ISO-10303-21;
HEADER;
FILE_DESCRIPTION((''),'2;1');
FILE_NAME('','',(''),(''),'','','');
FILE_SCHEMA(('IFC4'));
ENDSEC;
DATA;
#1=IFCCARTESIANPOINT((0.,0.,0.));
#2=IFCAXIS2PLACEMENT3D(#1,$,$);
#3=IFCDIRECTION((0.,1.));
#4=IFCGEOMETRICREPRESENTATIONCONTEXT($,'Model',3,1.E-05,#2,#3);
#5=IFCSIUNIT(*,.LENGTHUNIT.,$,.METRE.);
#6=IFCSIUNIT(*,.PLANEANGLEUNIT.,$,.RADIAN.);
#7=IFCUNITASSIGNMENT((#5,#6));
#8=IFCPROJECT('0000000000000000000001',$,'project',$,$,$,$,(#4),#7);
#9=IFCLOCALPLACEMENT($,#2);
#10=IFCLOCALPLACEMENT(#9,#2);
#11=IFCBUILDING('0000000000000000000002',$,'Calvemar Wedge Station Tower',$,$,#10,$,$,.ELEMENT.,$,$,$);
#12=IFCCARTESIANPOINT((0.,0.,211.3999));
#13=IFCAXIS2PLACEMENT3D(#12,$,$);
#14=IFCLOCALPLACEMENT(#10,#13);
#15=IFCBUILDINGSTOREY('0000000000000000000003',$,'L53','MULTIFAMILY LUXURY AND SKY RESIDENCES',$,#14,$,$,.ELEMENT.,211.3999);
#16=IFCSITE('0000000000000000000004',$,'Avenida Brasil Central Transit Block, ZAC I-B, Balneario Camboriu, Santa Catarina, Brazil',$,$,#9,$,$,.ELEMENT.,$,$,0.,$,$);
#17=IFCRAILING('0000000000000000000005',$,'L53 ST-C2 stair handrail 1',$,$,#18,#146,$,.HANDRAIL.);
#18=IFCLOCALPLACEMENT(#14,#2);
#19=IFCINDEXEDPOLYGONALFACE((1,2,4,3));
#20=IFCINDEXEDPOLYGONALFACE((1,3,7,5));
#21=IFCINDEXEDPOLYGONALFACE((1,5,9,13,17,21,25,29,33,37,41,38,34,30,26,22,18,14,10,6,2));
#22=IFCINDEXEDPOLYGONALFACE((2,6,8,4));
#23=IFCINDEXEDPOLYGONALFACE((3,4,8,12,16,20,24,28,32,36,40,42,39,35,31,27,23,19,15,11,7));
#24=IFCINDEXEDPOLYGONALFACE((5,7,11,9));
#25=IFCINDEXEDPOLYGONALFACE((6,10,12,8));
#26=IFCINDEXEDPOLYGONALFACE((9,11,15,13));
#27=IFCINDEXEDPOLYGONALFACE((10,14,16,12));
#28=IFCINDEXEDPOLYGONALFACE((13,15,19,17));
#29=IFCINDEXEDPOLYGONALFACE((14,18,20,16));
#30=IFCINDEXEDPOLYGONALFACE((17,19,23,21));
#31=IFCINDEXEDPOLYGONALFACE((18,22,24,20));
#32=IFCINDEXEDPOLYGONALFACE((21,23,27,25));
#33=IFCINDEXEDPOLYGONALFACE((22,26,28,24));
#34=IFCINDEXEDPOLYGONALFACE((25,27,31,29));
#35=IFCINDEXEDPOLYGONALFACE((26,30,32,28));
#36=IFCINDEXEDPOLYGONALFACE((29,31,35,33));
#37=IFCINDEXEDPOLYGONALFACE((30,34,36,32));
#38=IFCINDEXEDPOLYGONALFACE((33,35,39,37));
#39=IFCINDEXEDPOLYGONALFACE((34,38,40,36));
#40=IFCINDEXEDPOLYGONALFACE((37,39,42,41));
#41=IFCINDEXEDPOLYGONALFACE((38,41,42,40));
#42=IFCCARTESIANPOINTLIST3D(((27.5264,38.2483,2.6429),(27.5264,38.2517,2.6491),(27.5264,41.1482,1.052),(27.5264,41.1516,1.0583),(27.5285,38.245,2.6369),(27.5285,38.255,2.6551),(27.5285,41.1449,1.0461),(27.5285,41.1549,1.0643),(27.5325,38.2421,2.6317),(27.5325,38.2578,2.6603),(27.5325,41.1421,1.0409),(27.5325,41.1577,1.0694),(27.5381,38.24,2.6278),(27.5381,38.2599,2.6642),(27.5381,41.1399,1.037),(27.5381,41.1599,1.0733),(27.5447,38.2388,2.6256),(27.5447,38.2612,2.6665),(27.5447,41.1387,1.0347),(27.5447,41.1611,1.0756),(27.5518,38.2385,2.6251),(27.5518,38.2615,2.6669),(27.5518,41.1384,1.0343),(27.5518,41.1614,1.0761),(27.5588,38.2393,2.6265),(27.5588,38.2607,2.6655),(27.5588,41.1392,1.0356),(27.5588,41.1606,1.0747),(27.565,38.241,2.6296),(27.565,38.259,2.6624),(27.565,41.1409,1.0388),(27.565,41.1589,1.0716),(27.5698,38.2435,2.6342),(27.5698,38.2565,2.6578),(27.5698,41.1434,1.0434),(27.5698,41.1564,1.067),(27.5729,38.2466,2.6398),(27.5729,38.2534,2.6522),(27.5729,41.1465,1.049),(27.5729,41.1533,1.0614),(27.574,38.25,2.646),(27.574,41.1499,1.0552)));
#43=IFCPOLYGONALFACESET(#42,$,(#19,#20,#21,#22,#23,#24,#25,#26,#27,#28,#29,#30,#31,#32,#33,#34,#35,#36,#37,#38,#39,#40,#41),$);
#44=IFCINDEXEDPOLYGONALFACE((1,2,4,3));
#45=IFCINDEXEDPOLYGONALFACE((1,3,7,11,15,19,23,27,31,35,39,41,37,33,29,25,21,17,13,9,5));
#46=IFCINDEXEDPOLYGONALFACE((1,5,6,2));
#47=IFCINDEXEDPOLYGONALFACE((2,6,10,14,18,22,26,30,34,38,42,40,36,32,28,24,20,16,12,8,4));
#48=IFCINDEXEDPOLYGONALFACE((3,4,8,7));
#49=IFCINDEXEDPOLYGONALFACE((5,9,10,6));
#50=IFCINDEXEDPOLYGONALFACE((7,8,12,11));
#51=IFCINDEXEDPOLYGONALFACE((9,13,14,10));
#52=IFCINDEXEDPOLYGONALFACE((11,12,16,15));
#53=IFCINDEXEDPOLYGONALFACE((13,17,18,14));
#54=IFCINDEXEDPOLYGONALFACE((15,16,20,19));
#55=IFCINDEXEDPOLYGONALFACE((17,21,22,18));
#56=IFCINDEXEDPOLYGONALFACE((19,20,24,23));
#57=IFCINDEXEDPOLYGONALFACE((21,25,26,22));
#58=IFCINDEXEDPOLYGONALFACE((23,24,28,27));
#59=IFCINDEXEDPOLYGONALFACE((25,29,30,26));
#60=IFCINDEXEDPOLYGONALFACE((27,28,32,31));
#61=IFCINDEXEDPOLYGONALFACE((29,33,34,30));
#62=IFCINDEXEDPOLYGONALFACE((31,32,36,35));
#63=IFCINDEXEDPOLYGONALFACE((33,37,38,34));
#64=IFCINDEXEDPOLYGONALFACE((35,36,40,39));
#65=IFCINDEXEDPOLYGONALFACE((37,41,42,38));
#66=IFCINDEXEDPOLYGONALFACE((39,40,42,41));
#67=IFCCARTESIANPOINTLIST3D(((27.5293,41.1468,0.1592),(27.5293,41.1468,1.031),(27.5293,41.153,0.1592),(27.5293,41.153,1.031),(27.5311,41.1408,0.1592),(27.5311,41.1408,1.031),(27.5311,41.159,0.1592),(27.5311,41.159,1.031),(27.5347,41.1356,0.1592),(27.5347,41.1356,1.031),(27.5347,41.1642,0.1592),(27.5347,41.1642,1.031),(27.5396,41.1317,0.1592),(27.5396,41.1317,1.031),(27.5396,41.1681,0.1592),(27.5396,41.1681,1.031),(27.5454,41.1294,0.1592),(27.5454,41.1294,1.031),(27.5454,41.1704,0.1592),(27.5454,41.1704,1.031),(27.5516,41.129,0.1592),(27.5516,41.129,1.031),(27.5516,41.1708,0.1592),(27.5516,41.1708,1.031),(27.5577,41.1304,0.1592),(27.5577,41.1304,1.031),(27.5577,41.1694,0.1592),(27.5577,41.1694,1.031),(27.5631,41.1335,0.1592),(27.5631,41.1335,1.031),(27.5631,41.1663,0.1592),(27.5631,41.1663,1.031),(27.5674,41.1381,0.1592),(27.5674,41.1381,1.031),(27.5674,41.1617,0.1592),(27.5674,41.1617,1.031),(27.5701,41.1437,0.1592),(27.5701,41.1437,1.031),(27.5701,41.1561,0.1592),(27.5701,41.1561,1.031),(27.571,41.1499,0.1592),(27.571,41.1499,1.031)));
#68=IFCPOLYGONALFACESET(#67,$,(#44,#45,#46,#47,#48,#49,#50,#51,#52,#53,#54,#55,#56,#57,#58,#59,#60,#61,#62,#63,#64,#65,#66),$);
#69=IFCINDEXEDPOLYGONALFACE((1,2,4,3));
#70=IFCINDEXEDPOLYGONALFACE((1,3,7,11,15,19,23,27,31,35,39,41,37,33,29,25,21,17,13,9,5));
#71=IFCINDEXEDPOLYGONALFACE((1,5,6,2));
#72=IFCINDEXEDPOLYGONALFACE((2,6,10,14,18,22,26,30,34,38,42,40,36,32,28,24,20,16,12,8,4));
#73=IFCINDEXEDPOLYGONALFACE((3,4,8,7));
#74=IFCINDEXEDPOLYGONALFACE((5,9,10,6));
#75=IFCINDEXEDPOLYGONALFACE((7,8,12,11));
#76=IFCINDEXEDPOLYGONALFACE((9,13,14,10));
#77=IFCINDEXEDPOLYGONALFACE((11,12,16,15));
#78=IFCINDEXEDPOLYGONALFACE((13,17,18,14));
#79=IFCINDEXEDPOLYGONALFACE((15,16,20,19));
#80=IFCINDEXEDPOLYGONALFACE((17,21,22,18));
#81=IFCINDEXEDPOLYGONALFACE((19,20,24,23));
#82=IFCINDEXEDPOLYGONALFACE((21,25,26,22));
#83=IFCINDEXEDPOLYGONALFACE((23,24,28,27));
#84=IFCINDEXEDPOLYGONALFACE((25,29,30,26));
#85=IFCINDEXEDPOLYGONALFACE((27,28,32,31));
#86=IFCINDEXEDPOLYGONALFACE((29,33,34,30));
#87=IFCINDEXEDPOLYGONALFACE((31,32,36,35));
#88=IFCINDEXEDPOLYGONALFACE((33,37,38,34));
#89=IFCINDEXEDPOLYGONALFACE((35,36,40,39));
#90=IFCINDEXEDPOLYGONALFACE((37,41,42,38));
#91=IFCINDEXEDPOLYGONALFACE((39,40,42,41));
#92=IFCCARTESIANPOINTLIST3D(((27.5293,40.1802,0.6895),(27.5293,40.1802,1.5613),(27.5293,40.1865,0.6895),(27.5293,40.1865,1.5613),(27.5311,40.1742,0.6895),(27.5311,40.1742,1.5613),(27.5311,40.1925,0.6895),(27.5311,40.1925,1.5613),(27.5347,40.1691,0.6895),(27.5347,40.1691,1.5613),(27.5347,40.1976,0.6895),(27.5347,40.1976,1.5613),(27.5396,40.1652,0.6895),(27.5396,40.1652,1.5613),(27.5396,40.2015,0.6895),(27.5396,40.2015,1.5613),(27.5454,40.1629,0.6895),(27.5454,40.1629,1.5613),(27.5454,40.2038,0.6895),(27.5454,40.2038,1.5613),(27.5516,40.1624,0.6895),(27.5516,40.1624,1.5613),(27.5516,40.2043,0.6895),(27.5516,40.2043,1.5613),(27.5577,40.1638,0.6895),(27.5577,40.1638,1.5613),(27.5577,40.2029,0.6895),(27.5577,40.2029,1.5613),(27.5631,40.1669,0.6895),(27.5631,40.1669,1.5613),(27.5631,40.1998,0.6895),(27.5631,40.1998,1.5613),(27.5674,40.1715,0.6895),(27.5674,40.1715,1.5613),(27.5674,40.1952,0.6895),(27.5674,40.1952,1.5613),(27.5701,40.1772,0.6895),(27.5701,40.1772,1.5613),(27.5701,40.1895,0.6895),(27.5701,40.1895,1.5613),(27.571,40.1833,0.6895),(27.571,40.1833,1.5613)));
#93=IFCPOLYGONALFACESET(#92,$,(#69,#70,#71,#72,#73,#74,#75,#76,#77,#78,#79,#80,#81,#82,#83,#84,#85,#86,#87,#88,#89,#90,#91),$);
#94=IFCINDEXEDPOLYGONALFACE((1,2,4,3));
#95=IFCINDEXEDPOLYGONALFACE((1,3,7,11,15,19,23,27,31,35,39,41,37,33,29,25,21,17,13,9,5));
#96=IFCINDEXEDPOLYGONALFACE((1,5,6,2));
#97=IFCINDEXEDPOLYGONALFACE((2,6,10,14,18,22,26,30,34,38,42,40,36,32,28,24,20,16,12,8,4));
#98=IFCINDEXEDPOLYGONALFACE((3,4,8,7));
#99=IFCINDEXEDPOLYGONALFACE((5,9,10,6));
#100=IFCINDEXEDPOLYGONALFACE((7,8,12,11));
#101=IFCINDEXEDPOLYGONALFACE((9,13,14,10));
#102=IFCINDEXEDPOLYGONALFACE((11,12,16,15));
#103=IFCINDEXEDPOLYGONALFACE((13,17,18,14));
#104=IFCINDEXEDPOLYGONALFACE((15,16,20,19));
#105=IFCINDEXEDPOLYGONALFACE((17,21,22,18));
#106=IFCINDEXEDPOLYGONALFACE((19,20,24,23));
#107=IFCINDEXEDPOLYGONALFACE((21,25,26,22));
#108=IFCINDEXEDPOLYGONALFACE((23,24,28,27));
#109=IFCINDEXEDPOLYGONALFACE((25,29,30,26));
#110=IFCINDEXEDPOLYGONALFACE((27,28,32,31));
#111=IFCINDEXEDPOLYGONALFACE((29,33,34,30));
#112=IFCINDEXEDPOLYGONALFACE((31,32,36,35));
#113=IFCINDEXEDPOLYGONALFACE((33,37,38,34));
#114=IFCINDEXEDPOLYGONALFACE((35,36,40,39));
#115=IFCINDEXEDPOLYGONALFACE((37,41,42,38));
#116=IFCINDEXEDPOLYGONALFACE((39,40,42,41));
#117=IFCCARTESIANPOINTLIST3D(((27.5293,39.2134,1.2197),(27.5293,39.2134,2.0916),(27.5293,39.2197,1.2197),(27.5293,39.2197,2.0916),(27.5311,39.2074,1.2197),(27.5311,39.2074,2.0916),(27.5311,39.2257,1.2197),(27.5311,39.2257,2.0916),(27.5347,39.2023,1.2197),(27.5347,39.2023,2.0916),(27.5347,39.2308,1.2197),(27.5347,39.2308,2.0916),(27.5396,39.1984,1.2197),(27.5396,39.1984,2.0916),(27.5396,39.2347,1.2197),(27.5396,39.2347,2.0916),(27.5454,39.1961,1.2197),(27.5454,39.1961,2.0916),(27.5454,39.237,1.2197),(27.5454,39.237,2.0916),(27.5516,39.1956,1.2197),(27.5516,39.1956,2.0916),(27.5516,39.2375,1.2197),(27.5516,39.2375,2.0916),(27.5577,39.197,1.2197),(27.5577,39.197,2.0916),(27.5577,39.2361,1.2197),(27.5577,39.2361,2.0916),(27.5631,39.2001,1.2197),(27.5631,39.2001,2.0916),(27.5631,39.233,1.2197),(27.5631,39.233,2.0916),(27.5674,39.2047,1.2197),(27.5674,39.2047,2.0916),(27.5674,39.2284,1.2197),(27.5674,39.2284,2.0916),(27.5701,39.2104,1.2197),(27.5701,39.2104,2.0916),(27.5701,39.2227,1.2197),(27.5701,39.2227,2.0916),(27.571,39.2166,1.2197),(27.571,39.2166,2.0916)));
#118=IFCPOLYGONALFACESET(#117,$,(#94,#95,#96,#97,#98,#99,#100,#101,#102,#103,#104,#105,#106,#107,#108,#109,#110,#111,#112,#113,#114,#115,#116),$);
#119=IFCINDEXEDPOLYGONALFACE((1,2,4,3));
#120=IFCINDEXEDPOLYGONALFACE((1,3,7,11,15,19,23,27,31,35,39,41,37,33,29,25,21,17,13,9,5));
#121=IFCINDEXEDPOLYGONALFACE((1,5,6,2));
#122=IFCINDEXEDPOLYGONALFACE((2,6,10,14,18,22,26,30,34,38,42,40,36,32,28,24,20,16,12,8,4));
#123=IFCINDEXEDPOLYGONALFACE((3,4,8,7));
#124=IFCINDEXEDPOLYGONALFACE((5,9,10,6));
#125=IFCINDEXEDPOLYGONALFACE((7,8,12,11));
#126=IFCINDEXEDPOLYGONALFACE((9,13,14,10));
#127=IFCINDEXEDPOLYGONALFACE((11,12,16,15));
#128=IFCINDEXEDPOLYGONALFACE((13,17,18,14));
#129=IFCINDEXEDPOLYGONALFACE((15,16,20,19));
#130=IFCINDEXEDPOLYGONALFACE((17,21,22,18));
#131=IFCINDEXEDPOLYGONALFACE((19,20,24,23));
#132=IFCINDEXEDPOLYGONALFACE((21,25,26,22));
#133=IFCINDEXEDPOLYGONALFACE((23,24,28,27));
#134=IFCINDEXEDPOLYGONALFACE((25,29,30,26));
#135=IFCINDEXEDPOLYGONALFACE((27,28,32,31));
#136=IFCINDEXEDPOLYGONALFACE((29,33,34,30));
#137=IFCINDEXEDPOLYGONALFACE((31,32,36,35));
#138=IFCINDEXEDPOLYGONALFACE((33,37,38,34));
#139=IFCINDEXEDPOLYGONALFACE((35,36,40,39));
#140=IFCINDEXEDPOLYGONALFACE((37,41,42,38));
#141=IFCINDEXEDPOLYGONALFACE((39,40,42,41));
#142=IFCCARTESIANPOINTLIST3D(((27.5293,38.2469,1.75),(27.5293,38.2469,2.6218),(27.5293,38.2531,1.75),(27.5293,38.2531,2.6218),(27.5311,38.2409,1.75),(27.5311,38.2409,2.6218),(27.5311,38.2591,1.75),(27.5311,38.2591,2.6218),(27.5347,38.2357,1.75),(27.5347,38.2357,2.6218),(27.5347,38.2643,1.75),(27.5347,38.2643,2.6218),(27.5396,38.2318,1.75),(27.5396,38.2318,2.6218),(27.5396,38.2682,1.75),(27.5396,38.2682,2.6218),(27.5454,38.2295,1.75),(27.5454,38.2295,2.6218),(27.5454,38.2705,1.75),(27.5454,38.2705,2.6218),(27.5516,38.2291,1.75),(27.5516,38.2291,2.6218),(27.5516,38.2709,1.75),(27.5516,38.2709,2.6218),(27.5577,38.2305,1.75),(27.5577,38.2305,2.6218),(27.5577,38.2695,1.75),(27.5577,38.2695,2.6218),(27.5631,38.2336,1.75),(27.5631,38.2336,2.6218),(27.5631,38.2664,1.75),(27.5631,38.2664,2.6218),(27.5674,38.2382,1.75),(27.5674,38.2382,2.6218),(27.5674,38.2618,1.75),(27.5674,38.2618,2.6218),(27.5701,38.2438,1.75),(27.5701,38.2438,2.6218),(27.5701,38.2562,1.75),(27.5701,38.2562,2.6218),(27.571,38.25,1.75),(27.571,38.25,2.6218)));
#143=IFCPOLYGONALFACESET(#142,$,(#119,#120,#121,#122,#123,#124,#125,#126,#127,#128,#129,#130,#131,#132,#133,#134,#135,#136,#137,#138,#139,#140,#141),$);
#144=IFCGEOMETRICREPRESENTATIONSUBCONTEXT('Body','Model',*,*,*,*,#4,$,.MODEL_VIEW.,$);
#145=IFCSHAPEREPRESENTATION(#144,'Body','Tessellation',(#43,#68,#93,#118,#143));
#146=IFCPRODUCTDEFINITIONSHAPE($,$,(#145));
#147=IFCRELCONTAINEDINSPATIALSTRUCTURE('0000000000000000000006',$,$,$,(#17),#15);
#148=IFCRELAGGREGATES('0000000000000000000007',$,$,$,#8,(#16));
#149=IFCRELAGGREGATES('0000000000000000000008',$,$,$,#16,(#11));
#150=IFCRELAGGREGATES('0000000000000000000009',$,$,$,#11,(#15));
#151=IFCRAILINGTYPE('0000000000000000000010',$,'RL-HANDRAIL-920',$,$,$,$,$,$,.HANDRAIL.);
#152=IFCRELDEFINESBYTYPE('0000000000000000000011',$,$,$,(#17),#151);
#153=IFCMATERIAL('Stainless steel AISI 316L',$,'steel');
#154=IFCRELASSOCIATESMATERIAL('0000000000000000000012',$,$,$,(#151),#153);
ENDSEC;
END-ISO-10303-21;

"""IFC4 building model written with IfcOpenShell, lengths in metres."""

from ifc_helpers import new_model, si_unit, direction, frame, origin, origin_2d, place, context, subcontext, project, spatial, circle, extrude, material, type_object, element, save


model = new_model("IFC4")

# Units and contexts
model_context = context("Model", 3, precision=1e-05, world=origin(), true_north=direction((0.0, 1.0)))
body_context = subcontext(model_context, "Body", "Model", "MODEL_VIEW")
ifc_project = project(units=[si_unit("LENGTHUNIT", "METRE"), si_unit("PLANEANGLEUNIT", "RADIAN")], contexts=[model_context])

# Site, building, storey
site_placement = place(None, origin())
site = spatial("IfcSite", under=ifc_project, at=site_placement, Name="Avenida Brasil Central Transit Block, ZAC I-B, Balneario Camboriu, Santa Catarina, Brazil", CompositionType="ELEMENT", RefElevation=0.0)
building_placement = place(site_placement, origin())
building = spatial("IfcBuilding", under=site, at=building_placement, Name="Calvemar Wedge Station Tower", CompositionType="ELEMENT")
storey_placement = place(building_placement, frame((0.0, 0.0, 211.3999)))
storey = spatial("IfcBuildingStorey", under=building, at=storey_placement, Name="L53", Description="MULTIFAMILY LUXURY AND SKY RESIDENCES", CompositionType="ELEMENT", Elevation=211.3999)

# Railing
ifc_material_1 = material(Name="Stainless steel AISI 316L", Category="steel")
railing_type_1 = type_object("IfcRailingType", Name="RL-HANDRAIL-920", PredefinedType="HANDRAIL", material=ifc_material_1)
railing_1_placement = place(storey_placement, frame((27.55, 41.1499, 0.1592)))
element("IfcRailing", 1, at=railing_1_placement, inside=storey, type_object=railing_type_1, Name="L53 ST-C2 stair handrail 1", PredefinedType="HANDRAIL", context=body_context, shape_type="SweptSolid", body=[
    extrude(circle(Radius=0.0239, at=origin_2d()), frame((0.0, 0.0, 0.896), z_axis=(0.0, -0.876742, 0.480961), x_axis=(1.0, 0.0, 0.0)), (0.0, 0.0, 1.0), 3.3076),
    extrude(circle(Radius=0.021, at=origin_2d()), origin(), (0.0, 0.0, 1.0), 0.8718),
    extrude(circle(Radius=0.021, at=origin_2d()), frame((0.0, -0.9666, 0.5303)), (0.0, 0.0, 1.0), 0.8718),
    extrude(circle(Radius=0.021, at=origin_2d()), frame((0.0, -1.9333, 1.0605)), (0.0, 0.0, 1.0), 0.8718),
    extrude(circle(Radius=0.021, at=origin_2d()), frame((0.0, -2.8999, 1.5908)), (0.0, 0.0, 1.0), 0.8718),
])

save(model, "model.ifc")
